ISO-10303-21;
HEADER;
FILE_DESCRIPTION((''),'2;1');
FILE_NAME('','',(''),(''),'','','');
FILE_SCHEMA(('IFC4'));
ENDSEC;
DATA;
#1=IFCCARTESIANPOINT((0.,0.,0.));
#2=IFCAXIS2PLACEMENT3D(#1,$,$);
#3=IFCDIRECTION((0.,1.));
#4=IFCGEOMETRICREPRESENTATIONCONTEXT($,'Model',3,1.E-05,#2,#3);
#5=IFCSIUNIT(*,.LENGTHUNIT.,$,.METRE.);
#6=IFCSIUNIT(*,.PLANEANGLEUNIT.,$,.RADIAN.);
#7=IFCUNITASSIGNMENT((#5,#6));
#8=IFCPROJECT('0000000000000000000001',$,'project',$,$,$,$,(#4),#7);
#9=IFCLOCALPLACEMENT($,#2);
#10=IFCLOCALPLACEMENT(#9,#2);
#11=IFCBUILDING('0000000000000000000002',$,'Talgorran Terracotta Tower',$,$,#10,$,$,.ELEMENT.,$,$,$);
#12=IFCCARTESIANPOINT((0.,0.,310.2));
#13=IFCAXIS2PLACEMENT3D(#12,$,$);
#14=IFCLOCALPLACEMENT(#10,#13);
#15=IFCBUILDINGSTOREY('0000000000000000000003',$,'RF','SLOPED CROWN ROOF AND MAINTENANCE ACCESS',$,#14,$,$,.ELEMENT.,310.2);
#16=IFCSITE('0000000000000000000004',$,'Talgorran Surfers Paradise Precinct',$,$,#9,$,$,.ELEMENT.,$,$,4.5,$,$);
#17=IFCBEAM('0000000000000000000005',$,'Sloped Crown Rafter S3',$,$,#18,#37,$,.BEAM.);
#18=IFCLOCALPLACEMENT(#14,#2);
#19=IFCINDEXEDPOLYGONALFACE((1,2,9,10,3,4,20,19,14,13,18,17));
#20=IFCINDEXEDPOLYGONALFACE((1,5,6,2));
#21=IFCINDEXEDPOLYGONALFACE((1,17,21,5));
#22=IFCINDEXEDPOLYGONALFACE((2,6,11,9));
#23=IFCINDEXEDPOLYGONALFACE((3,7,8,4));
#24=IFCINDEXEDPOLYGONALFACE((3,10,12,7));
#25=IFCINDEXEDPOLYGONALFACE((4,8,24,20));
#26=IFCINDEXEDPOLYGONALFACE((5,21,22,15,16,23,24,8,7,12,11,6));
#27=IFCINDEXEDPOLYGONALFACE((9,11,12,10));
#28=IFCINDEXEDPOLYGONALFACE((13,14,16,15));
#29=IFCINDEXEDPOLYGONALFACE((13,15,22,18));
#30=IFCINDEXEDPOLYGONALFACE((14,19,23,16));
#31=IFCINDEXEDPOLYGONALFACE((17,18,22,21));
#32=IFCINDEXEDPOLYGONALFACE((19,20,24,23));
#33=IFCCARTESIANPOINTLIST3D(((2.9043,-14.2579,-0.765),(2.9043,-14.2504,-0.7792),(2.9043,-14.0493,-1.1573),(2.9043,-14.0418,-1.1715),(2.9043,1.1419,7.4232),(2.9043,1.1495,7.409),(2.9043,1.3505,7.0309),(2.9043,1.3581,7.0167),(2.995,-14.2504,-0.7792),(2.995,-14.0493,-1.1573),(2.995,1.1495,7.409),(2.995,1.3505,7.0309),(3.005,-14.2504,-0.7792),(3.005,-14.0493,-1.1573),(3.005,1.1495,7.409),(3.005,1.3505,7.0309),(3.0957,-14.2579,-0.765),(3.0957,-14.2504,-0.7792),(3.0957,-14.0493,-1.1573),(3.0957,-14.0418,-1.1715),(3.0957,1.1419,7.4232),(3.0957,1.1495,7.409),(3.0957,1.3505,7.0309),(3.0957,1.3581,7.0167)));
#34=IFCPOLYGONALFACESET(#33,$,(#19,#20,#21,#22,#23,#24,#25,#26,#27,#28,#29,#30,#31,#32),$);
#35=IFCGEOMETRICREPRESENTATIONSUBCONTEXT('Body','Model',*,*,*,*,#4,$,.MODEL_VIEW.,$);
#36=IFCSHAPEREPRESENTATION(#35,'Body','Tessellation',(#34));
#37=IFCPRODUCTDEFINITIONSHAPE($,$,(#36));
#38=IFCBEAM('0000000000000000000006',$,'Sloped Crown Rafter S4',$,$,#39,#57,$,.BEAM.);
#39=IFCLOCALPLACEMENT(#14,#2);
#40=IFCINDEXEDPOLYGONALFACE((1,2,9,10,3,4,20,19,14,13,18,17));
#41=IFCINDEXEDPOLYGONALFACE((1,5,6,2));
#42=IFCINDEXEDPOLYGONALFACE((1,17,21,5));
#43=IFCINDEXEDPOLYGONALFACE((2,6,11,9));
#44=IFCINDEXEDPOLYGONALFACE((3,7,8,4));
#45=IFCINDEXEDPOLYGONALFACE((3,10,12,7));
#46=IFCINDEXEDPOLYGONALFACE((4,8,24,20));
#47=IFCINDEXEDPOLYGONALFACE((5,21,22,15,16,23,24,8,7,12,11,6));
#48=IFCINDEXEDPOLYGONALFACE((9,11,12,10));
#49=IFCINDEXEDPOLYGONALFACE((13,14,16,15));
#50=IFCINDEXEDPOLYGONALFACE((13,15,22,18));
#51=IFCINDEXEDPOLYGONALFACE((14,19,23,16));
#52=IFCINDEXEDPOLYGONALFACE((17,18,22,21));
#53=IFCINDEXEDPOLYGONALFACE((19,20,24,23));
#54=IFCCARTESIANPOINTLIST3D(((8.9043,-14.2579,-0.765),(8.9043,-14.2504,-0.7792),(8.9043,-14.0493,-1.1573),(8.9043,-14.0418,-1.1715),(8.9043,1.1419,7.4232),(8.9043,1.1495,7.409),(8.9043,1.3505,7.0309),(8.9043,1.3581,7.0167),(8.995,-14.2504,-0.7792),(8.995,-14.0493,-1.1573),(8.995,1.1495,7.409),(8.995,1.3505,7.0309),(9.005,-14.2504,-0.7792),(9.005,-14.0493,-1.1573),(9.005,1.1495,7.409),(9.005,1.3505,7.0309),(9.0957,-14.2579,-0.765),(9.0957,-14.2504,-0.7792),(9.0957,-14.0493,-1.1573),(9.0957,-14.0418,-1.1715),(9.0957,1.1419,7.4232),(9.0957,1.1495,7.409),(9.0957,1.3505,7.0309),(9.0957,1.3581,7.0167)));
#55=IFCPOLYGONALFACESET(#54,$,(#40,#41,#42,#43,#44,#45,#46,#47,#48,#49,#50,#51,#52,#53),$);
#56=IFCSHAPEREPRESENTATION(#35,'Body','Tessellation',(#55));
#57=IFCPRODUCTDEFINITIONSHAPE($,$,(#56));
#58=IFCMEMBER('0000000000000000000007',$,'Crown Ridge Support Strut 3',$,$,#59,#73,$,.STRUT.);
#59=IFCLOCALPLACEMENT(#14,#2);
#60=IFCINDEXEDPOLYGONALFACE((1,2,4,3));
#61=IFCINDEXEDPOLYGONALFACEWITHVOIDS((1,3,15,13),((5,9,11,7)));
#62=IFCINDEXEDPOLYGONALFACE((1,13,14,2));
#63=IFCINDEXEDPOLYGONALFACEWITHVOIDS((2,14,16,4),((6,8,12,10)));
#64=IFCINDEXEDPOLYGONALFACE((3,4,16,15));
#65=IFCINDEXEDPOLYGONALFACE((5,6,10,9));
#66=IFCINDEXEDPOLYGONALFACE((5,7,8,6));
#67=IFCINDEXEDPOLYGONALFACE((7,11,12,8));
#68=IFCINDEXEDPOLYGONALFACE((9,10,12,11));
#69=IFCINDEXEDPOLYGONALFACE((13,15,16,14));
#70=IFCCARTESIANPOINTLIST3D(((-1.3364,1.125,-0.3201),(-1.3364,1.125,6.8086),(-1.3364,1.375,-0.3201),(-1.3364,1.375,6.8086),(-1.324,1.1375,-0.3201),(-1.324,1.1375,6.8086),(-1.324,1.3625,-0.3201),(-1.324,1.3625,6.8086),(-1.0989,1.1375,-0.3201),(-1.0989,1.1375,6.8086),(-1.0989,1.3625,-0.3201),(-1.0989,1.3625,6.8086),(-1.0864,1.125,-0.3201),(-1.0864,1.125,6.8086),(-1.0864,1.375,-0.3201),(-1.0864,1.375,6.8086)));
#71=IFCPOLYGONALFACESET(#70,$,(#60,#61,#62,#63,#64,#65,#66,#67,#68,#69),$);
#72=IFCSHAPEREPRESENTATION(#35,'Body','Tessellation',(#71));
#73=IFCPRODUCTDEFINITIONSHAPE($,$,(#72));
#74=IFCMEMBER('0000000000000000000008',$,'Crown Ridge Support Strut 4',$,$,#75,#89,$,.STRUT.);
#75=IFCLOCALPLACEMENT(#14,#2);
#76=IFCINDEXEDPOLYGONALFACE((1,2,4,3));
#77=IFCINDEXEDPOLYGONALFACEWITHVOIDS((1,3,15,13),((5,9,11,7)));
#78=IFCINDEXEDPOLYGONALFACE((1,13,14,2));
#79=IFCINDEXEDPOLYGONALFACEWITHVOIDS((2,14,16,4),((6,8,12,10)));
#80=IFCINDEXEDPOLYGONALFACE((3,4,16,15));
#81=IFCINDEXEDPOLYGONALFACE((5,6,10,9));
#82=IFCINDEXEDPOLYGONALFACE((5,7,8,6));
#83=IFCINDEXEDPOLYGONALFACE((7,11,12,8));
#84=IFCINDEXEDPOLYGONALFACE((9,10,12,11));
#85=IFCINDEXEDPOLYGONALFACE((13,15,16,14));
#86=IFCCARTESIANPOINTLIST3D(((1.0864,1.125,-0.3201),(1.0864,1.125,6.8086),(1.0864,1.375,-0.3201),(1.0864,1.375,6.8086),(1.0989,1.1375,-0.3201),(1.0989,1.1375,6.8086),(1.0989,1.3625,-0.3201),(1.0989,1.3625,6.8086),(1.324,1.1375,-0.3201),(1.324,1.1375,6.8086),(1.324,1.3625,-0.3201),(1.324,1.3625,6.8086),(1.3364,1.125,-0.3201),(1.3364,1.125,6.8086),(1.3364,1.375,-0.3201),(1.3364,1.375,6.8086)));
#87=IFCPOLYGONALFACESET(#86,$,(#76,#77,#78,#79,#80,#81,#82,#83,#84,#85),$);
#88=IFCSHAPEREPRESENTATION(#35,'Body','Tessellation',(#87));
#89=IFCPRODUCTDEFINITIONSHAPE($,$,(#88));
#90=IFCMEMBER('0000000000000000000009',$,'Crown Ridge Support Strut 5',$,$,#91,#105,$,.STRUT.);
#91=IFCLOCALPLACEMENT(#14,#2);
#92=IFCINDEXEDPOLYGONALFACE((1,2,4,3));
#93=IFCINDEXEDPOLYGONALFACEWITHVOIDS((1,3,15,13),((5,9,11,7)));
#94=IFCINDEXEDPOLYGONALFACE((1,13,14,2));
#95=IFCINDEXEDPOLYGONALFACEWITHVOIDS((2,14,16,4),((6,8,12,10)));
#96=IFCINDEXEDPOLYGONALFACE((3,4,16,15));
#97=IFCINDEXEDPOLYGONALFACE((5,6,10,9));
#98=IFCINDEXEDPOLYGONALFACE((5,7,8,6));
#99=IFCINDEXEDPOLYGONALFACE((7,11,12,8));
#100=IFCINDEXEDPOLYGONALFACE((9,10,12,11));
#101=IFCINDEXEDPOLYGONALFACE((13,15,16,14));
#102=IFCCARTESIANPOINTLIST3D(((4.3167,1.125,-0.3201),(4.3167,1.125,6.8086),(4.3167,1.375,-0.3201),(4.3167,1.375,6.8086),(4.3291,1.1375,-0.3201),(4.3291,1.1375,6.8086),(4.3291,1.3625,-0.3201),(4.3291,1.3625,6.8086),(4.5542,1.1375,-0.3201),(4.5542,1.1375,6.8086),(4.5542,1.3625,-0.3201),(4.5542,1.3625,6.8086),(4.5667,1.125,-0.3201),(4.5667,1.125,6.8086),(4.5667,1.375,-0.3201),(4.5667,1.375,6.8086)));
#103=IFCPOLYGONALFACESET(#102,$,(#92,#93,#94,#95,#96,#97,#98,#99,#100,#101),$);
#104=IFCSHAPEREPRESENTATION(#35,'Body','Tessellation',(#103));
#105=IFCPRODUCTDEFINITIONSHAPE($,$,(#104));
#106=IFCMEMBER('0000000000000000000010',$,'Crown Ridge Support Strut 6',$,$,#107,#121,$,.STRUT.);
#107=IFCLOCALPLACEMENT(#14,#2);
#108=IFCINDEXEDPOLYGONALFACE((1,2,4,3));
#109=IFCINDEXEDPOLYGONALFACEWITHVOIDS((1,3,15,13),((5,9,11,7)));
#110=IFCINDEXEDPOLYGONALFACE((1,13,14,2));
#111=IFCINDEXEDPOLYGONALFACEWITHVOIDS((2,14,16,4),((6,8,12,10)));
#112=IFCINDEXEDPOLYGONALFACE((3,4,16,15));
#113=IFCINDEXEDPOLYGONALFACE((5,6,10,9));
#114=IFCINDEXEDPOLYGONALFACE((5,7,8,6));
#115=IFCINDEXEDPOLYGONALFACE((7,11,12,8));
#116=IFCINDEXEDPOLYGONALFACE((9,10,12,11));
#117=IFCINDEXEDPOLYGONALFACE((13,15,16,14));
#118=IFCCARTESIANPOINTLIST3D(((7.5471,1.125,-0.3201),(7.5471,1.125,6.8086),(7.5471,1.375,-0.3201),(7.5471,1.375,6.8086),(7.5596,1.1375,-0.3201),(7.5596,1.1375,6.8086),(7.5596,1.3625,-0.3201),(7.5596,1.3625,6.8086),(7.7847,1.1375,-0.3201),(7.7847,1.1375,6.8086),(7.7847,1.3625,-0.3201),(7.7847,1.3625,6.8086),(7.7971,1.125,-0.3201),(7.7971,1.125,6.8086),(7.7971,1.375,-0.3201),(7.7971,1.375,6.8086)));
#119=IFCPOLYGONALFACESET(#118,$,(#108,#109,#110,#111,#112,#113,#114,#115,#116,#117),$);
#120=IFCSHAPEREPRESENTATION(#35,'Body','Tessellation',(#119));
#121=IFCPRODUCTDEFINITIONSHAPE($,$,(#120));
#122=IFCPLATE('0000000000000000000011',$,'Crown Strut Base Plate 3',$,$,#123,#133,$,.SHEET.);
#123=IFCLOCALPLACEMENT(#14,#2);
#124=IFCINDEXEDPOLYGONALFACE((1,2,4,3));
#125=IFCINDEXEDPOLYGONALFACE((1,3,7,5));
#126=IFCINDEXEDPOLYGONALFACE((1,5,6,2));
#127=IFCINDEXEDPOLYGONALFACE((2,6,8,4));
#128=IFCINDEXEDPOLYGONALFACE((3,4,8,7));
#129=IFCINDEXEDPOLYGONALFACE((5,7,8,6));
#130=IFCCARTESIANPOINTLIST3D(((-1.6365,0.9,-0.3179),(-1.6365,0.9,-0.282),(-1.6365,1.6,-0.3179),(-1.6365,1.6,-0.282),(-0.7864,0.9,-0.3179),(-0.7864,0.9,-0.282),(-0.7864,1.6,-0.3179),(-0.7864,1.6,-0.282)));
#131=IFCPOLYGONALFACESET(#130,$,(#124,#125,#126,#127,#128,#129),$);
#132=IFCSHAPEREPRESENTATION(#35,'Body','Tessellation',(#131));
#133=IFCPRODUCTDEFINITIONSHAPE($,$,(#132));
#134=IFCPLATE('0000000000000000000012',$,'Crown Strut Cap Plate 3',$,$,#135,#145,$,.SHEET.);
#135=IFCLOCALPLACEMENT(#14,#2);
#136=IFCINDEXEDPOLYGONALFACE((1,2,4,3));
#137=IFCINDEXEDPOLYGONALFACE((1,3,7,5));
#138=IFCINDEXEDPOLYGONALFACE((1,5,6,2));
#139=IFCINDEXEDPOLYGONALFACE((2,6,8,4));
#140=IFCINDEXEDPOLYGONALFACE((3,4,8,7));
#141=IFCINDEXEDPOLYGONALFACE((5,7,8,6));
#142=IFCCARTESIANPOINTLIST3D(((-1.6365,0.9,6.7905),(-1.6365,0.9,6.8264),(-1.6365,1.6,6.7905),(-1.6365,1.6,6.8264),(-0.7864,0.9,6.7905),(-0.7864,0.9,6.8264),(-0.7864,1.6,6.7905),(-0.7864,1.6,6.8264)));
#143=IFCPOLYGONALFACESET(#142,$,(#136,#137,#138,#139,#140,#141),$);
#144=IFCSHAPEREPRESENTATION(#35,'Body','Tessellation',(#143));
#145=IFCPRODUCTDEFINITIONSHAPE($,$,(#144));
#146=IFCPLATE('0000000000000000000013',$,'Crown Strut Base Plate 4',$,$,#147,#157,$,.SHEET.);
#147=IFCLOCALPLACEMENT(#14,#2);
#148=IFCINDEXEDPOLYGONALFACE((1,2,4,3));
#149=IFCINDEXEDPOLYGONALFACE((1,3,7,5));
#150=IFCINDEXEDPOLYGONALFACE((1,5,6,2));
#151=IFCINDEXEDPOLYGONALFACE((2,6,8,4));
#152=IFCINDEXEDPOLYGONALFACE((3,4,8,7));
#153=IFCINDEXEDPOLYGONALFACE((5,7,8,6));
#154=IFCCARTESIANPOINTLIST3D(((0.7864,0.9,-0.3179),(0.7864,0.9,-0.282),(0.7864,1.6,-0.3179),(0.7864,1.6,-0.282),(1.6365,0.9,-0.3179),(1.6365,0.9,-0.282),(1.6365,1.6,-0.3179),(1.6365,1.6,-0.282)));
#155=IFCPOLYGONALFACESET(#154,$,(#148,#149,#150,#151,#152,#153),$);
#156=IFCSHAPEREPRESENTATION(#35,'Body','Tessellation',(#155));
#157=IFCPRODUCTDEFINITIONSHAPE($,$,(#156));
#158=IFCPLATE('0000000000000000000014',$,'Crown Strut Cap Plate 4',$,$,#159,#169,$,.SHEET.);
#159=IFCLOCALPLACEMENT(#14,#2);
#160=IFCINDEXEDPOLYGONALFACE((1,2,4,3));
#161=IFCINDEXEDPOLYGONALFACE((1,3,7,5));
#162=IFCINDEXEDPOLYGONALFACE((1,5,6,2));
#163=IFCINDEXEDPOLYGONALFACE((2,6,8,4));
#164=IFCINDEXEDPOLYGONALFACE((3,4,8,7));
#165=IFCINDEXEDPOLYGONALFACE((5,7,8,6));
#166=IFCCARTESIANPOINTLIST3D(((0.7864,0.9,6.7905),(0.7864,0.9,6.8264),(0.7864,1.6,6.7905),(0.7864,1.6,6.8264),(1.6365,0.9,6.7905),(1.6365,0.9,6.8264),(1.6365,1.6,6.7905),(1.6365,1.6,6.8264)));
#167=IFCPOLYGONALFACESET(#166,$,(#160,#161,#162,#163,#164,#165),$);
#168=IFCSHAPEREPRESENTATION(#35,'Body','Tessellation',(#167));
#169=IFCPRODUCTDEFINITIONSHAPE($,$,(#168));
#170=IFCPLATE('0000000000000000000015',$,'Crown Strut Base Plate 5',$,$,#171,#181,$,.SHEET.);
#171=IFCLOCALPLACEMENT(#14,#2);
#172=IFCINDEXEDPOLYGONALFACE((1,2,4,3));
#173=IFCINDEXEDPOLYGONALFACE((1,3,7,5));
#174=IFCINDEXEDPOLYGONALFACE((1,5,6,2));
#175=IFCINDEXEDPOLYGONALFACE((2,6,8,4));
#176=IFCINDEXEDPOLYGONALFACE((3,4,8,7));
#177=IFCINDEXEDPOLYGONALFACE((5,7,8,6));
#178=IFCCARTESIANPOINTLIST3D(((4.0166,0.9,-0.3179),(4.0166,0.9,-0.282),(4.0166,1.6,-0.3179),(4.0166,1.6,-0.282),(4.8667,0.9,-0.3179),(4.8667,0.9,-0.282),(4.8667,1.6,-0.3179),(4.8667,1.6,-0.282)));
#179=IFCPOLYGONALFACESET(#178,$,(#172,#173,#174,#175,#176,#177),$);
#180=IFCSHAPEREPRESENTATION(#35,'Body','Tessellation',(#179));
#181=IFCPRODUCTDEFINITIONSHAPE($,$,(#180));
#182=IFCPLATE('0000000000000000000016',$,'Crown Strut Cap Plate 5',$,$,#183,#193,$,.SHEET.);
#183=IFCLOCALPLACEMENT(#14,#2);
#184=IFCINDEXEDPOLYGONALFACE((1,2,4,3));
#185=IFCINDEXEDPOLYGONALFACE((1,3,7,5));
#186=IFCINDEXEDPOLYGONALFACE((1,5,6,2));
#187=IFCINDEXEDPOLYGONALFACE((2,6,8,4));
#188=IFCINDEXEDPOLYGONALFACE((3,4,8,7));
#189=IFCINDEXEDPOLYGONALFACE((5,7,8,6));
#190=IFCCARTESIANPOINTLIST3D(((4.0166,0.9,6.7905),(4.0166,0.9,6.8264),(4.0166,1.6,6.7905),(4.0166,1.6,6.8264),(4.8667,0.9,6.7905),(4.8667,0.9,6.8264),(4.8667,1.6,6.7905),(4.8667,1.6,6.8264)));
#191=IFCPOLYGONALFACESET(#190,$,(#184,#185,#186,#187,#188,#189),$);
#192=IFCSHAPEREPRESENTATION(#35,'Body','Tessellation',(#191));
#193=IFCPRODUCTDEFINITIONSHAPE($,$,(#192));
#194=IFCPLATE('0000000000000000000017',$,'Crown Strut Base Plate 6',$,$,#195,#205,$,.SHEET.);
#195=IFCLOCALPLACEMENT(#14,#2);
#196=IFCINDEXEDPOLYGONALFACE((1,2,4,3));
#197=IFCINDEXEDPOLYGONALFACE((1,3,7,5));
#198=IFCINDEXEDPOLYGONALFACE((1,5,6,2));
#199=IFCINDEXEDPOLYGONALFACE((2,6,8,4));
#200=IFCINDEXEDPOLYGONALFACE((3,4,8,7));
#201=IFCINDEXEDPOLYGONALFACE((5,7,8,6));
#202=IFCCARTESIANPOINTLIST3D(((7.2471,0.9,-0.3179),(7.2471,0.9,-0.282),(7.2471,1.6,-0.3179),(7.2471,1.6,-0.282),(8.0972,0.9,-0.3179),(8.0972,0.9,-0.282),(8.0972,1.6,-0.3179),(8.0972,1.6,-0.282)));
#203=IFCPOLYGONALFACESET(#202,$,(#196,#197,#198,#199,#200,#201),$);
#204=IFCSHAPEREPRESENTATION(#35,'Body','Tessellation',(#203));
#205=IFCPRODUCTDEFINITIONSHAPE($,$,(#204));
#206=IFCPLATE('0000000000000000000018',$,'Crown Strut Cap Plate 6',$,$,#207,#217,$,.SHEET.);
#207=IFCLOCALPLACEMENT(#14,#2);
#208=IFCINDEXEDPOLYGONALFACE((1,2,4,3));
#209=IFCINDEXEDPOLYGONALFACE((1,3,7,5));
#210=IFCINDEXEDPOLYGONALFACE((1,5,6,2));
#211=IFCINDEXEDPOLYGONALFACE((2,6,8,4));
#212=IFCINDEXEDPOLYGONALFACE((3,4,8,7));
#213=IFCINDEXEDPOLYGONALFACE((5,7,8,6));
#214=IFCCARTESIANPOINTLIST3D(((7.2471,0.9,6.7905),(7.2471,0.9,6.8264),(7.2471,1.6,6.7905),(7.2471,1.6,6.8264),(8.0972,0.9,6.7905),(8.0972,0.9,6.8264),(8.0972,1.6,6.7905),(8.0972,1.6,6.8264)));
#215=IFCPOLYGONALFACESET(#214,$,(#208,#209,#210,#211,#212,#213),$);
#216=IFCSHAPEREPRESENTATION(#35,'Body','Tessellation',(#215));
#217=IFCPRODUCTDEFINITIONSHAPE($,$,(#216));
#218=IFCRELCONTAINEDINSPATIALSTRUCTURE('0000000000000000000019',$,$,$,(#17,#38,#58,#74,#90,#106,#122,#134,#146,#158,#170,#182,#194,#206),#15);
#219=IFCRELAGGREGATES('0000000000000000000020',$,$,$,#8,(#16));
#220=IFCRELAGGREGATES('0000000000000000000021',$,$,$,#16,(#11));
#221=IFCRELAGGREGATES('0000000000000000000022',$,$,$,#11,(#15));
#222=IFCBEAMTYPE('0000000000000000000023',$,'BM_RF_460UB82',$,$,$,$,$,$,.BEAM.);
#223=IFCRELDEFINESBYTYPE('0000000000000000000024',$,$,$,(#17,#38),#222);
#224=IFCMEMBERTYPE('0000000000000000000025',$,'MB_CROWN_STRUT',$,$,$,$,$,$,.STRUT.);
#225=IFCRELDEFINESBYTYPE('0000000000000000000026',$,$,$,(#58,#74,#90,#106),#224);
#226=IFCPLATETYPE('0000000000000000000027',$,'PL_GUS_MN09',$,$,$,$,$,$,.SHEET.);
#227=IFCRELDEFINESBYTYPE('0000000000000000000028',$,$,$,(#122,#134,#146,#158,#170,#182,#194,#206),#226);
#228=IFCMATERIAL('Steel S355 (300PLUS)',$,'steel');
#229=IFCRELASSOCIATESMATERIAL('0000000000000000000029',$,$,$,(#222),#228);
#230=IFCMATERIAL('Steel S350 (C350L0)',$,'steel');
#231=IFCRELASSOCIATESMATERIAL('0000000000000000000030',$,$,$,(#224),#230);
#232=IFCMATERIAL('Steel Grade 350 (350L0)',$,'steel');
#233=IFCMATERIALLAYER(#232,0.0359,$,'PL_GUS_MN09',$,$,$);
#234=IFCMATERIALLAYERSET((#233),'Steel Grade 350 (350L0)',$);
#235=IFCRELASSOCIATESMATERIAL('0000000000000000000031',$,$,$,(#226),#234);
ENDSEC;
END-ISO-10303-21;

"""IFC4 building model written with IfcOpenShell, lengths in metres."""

from ifc_helpers import new_model, si_unit, direction, frame, origin, origin_2d, place, context, subcontext, project, spatial, rectangle, hollow_rectangle, i_section, extrude, material, layer, layer_set, material_profile, profile_set, type_object, element, save


model = new_model("IFC4")

# Units and contexts
model_context = context("Model", 3, precision=1e-05, world=origin(), true_north=direction((0.0, 1.0)))
body_context = subcontext(model_context, "Body", "Model", "MODEL_VIEW")
ifc_project = project(units=[si_unit("LENGTHUNIT", "METRE"), si_unit("PLANEANGLEUNIT", "RADIAN")], contexts=[model_context])

# Site, building, storey
site_placement = place(None, origin())
site = spatial("IfcSite", under=ifc_project, at=site_placement, Name="Talgorran Surfers Paradise Precinct", CompositionType="ELEMENT", RefElevation=4.5)
building_placement = place(site_placement, origin())
building = spatial("IfcBuilding", under=site, at=building_placement, Name="Talgorran Terracotta Tower", CompositionType="ELEMENT")
storey_placement = place(building_placement, frame((0.0, 0.0, 310.2)))
storey = spatial("IfcBuildingStorey", under=building, at=storey_placement, Name="RF", Description="SLOPED CROWN ROOF AND MAINTENANCE ACCESS", CompositionType="ELEMENT", Elevation=310.2)

# Shared definitions
ifc_material_1 = material(Name="Steel S355 (300PLUS)", Category="steel")
ifc_material_2 = material(Name="Steel Grade 350 (350L0)", Category="steel")
ifc_material_3 = material(Name="Steel S350 (C350L0)", Category="steel")

# Beams
ifc_material_profile_1 = material_profile(ifc_material_1, i_section(OverallWidth=0.1914, OverallDepth=0.4604, WebThickness=0.01, FlangeThickness=0.0161, at=origin_2d()), Name="460UB82.1")
ifc_profile_set_1 = profile_set([ifc_material_profile_1], Name="Steel S355 (300PLUS)")
beam_type = type_object("IfcBeamType", Name="BM_RF_460UB82", PredefinedType="BEAM", material=ifc_profile_set_1)
for number, where, z_axis, x_axis, name in (
    (1, (3.0, 1.25, 7.22), (0.0, -0.882949, -0.46947), (1.0, 0.0, 0.0), "Sloped Crown Rafter S3"),
    (2, (9.0, 1.25, 7.22), (0.0, -0.882949, -0.46947), (1.0, 0.0, 0.0), "Sloped Crown Rafter S4"),
):
    element("IfcBeam", number, at=place(storey_placement, frame(where, z_axis=z_axis, x_axis=x_axis)), inside=storey, type_object=beam_type, Name=name, PredefinedType="BEAM", context=body_context, shape_type="SweptSolid", body=[
        extrude(i_section(OverallWidth=0.1914, OverallDepth=0.4604, WebThickness=0.01, FlangeThickness=0.0161, at=origin_2d()), origin(), (0.0, 0.0, 1.0), 17.4414),
    ])

# Members
ifc_material_profile_2 = material_profile(ifc_material_3, hollow_rectangle(XDim=0.25, YDim=0.25, WallThickness=0.0125, at=origin_2d()), Name="SHS250X250X12.5")
ifc_profile_set_2 = profile_set([ifc_material_profile_2], Name="Steel S350 (C350L0)")
member_type = type_object("IfcMemberType", Name="MB_CROWN_STRUT", PredefinedType="STRUT", material=ifc_profile_set_2)
for number, where, z_axis, x_axis, name in (
    (3, (-1.2114, 1.25, -0.3201), (0.0, 0.0, 1.0), (1.0, 0.0, 0.0), "Crown Ridge Support Strut 3"),
    (4, (1.2114, 1.25, -0.3201), (0.0, 0.0, 1.0), (1.0, 0.0, 0.0), "Crown Ridge Support Strut 4"),
    (5, (4.4417, 1.25, -0.3201), (0.0, 0.0, 1.0), (1.0, 0.0, 0.0), "Crown Ridge Support Strut 5"),
    (6, (7.6721, 1.25, -0.3201), (0.0, 0.0, 1.0), (1.0, 0.0, 0.0), "Crown Ridge Support Strut 6"),
):
    element("IfcMember", number, at=place(storey_placement, frame(where, z_axis=z_axis, x_axis=x_axis)), inside=storey, type_object=member_type, Name=name, PredefinedType="STRUT", context=body_context, shape_type="SweptSolid", body=[
        extrude(hollow_rectangle(XDim=0.25, YDim=0.25, WallThickness=0.0125, at=origin_2d()), origin(), (0.0, 0.0, 1.0), 7.1287),
    ])

# Plates
ifc_layer_1 = layer(ifc_material_2, 0.0359, Name="PL_GUS_MN09")
ifc_layer_set_1 = layer_set([ifc_layer_1], Name="Steel Grade 350 (350L0)")
plate_type_1 = type_object("IfcPlateType", Name="PL_GUS_MN09", PredefinedType="SHEET", material=ifc_layer_set_1)
for number, where, z_axis, x_axis, name in (
    (7, (-1.2114, 1.25, -0.3179), (0.0, 0.0, 1.0), (1.0, 0.0, 0.0), "Crown Strut Base Plate 3"),
    (8, (-1.2114, 1.25, 6.7905), (0.0, 0.0, 1.0), (1.0, 0.0, 0.0), "Crown Strut Cap Plate 3"),
    (9, (1.2114, 1.25, -0.3179), (0.0, 0.0, 1.0), (1.0, 0.0, 0.0), "Crown Strut Base Plate 4"),
    (10, (1.2114, 1.25, 6.7905), (0.0, 0.0, 1.0), (1.0, 0.0, 0.0), "Crown Strut Cap Plate 4"),
    (11, (4.4417, 1.25, -0.3179), (0.0, 0.0, 1.0), (1.0, 0.0, 0.0), "Crown Strut Base Plate 5"),
    (12, (4.4417, 1.25, 6.7905), (0.0, 0.0, 1.0), (1.0, 0.0, 0.0), "Crown Strut Cap Plate 5"),
    (13, (7.6721, 1.25, -0.3179), (0.0, 0.0, 1.0), (1.0, 0.0, 0.0), "Crown Strut Base Plate 6"),
    (14, (7.6721, 1.25, 6.7905), (0.0, 0.0, 1.0), (1.0, 0.0, 0.0), "Crown Strut Cap Plate 6"),
):
    element("IfcPlate", number, at=place(storey_placement, frame(where, z_axis=z_axis, x_axis=x_axis)), inside=storey, type_object=plate_type_1, Name=name, PredefinedType="SHEET", context=body_context, shape_type="SweptSolid", body=[
        extrude(rectangle(XDim=0.8501, YDim=0.7, at=origin_2d()), origin(), (0.0, 0.0, 1.0), 0.0359),
    ])

save(model, "model.ifc")
